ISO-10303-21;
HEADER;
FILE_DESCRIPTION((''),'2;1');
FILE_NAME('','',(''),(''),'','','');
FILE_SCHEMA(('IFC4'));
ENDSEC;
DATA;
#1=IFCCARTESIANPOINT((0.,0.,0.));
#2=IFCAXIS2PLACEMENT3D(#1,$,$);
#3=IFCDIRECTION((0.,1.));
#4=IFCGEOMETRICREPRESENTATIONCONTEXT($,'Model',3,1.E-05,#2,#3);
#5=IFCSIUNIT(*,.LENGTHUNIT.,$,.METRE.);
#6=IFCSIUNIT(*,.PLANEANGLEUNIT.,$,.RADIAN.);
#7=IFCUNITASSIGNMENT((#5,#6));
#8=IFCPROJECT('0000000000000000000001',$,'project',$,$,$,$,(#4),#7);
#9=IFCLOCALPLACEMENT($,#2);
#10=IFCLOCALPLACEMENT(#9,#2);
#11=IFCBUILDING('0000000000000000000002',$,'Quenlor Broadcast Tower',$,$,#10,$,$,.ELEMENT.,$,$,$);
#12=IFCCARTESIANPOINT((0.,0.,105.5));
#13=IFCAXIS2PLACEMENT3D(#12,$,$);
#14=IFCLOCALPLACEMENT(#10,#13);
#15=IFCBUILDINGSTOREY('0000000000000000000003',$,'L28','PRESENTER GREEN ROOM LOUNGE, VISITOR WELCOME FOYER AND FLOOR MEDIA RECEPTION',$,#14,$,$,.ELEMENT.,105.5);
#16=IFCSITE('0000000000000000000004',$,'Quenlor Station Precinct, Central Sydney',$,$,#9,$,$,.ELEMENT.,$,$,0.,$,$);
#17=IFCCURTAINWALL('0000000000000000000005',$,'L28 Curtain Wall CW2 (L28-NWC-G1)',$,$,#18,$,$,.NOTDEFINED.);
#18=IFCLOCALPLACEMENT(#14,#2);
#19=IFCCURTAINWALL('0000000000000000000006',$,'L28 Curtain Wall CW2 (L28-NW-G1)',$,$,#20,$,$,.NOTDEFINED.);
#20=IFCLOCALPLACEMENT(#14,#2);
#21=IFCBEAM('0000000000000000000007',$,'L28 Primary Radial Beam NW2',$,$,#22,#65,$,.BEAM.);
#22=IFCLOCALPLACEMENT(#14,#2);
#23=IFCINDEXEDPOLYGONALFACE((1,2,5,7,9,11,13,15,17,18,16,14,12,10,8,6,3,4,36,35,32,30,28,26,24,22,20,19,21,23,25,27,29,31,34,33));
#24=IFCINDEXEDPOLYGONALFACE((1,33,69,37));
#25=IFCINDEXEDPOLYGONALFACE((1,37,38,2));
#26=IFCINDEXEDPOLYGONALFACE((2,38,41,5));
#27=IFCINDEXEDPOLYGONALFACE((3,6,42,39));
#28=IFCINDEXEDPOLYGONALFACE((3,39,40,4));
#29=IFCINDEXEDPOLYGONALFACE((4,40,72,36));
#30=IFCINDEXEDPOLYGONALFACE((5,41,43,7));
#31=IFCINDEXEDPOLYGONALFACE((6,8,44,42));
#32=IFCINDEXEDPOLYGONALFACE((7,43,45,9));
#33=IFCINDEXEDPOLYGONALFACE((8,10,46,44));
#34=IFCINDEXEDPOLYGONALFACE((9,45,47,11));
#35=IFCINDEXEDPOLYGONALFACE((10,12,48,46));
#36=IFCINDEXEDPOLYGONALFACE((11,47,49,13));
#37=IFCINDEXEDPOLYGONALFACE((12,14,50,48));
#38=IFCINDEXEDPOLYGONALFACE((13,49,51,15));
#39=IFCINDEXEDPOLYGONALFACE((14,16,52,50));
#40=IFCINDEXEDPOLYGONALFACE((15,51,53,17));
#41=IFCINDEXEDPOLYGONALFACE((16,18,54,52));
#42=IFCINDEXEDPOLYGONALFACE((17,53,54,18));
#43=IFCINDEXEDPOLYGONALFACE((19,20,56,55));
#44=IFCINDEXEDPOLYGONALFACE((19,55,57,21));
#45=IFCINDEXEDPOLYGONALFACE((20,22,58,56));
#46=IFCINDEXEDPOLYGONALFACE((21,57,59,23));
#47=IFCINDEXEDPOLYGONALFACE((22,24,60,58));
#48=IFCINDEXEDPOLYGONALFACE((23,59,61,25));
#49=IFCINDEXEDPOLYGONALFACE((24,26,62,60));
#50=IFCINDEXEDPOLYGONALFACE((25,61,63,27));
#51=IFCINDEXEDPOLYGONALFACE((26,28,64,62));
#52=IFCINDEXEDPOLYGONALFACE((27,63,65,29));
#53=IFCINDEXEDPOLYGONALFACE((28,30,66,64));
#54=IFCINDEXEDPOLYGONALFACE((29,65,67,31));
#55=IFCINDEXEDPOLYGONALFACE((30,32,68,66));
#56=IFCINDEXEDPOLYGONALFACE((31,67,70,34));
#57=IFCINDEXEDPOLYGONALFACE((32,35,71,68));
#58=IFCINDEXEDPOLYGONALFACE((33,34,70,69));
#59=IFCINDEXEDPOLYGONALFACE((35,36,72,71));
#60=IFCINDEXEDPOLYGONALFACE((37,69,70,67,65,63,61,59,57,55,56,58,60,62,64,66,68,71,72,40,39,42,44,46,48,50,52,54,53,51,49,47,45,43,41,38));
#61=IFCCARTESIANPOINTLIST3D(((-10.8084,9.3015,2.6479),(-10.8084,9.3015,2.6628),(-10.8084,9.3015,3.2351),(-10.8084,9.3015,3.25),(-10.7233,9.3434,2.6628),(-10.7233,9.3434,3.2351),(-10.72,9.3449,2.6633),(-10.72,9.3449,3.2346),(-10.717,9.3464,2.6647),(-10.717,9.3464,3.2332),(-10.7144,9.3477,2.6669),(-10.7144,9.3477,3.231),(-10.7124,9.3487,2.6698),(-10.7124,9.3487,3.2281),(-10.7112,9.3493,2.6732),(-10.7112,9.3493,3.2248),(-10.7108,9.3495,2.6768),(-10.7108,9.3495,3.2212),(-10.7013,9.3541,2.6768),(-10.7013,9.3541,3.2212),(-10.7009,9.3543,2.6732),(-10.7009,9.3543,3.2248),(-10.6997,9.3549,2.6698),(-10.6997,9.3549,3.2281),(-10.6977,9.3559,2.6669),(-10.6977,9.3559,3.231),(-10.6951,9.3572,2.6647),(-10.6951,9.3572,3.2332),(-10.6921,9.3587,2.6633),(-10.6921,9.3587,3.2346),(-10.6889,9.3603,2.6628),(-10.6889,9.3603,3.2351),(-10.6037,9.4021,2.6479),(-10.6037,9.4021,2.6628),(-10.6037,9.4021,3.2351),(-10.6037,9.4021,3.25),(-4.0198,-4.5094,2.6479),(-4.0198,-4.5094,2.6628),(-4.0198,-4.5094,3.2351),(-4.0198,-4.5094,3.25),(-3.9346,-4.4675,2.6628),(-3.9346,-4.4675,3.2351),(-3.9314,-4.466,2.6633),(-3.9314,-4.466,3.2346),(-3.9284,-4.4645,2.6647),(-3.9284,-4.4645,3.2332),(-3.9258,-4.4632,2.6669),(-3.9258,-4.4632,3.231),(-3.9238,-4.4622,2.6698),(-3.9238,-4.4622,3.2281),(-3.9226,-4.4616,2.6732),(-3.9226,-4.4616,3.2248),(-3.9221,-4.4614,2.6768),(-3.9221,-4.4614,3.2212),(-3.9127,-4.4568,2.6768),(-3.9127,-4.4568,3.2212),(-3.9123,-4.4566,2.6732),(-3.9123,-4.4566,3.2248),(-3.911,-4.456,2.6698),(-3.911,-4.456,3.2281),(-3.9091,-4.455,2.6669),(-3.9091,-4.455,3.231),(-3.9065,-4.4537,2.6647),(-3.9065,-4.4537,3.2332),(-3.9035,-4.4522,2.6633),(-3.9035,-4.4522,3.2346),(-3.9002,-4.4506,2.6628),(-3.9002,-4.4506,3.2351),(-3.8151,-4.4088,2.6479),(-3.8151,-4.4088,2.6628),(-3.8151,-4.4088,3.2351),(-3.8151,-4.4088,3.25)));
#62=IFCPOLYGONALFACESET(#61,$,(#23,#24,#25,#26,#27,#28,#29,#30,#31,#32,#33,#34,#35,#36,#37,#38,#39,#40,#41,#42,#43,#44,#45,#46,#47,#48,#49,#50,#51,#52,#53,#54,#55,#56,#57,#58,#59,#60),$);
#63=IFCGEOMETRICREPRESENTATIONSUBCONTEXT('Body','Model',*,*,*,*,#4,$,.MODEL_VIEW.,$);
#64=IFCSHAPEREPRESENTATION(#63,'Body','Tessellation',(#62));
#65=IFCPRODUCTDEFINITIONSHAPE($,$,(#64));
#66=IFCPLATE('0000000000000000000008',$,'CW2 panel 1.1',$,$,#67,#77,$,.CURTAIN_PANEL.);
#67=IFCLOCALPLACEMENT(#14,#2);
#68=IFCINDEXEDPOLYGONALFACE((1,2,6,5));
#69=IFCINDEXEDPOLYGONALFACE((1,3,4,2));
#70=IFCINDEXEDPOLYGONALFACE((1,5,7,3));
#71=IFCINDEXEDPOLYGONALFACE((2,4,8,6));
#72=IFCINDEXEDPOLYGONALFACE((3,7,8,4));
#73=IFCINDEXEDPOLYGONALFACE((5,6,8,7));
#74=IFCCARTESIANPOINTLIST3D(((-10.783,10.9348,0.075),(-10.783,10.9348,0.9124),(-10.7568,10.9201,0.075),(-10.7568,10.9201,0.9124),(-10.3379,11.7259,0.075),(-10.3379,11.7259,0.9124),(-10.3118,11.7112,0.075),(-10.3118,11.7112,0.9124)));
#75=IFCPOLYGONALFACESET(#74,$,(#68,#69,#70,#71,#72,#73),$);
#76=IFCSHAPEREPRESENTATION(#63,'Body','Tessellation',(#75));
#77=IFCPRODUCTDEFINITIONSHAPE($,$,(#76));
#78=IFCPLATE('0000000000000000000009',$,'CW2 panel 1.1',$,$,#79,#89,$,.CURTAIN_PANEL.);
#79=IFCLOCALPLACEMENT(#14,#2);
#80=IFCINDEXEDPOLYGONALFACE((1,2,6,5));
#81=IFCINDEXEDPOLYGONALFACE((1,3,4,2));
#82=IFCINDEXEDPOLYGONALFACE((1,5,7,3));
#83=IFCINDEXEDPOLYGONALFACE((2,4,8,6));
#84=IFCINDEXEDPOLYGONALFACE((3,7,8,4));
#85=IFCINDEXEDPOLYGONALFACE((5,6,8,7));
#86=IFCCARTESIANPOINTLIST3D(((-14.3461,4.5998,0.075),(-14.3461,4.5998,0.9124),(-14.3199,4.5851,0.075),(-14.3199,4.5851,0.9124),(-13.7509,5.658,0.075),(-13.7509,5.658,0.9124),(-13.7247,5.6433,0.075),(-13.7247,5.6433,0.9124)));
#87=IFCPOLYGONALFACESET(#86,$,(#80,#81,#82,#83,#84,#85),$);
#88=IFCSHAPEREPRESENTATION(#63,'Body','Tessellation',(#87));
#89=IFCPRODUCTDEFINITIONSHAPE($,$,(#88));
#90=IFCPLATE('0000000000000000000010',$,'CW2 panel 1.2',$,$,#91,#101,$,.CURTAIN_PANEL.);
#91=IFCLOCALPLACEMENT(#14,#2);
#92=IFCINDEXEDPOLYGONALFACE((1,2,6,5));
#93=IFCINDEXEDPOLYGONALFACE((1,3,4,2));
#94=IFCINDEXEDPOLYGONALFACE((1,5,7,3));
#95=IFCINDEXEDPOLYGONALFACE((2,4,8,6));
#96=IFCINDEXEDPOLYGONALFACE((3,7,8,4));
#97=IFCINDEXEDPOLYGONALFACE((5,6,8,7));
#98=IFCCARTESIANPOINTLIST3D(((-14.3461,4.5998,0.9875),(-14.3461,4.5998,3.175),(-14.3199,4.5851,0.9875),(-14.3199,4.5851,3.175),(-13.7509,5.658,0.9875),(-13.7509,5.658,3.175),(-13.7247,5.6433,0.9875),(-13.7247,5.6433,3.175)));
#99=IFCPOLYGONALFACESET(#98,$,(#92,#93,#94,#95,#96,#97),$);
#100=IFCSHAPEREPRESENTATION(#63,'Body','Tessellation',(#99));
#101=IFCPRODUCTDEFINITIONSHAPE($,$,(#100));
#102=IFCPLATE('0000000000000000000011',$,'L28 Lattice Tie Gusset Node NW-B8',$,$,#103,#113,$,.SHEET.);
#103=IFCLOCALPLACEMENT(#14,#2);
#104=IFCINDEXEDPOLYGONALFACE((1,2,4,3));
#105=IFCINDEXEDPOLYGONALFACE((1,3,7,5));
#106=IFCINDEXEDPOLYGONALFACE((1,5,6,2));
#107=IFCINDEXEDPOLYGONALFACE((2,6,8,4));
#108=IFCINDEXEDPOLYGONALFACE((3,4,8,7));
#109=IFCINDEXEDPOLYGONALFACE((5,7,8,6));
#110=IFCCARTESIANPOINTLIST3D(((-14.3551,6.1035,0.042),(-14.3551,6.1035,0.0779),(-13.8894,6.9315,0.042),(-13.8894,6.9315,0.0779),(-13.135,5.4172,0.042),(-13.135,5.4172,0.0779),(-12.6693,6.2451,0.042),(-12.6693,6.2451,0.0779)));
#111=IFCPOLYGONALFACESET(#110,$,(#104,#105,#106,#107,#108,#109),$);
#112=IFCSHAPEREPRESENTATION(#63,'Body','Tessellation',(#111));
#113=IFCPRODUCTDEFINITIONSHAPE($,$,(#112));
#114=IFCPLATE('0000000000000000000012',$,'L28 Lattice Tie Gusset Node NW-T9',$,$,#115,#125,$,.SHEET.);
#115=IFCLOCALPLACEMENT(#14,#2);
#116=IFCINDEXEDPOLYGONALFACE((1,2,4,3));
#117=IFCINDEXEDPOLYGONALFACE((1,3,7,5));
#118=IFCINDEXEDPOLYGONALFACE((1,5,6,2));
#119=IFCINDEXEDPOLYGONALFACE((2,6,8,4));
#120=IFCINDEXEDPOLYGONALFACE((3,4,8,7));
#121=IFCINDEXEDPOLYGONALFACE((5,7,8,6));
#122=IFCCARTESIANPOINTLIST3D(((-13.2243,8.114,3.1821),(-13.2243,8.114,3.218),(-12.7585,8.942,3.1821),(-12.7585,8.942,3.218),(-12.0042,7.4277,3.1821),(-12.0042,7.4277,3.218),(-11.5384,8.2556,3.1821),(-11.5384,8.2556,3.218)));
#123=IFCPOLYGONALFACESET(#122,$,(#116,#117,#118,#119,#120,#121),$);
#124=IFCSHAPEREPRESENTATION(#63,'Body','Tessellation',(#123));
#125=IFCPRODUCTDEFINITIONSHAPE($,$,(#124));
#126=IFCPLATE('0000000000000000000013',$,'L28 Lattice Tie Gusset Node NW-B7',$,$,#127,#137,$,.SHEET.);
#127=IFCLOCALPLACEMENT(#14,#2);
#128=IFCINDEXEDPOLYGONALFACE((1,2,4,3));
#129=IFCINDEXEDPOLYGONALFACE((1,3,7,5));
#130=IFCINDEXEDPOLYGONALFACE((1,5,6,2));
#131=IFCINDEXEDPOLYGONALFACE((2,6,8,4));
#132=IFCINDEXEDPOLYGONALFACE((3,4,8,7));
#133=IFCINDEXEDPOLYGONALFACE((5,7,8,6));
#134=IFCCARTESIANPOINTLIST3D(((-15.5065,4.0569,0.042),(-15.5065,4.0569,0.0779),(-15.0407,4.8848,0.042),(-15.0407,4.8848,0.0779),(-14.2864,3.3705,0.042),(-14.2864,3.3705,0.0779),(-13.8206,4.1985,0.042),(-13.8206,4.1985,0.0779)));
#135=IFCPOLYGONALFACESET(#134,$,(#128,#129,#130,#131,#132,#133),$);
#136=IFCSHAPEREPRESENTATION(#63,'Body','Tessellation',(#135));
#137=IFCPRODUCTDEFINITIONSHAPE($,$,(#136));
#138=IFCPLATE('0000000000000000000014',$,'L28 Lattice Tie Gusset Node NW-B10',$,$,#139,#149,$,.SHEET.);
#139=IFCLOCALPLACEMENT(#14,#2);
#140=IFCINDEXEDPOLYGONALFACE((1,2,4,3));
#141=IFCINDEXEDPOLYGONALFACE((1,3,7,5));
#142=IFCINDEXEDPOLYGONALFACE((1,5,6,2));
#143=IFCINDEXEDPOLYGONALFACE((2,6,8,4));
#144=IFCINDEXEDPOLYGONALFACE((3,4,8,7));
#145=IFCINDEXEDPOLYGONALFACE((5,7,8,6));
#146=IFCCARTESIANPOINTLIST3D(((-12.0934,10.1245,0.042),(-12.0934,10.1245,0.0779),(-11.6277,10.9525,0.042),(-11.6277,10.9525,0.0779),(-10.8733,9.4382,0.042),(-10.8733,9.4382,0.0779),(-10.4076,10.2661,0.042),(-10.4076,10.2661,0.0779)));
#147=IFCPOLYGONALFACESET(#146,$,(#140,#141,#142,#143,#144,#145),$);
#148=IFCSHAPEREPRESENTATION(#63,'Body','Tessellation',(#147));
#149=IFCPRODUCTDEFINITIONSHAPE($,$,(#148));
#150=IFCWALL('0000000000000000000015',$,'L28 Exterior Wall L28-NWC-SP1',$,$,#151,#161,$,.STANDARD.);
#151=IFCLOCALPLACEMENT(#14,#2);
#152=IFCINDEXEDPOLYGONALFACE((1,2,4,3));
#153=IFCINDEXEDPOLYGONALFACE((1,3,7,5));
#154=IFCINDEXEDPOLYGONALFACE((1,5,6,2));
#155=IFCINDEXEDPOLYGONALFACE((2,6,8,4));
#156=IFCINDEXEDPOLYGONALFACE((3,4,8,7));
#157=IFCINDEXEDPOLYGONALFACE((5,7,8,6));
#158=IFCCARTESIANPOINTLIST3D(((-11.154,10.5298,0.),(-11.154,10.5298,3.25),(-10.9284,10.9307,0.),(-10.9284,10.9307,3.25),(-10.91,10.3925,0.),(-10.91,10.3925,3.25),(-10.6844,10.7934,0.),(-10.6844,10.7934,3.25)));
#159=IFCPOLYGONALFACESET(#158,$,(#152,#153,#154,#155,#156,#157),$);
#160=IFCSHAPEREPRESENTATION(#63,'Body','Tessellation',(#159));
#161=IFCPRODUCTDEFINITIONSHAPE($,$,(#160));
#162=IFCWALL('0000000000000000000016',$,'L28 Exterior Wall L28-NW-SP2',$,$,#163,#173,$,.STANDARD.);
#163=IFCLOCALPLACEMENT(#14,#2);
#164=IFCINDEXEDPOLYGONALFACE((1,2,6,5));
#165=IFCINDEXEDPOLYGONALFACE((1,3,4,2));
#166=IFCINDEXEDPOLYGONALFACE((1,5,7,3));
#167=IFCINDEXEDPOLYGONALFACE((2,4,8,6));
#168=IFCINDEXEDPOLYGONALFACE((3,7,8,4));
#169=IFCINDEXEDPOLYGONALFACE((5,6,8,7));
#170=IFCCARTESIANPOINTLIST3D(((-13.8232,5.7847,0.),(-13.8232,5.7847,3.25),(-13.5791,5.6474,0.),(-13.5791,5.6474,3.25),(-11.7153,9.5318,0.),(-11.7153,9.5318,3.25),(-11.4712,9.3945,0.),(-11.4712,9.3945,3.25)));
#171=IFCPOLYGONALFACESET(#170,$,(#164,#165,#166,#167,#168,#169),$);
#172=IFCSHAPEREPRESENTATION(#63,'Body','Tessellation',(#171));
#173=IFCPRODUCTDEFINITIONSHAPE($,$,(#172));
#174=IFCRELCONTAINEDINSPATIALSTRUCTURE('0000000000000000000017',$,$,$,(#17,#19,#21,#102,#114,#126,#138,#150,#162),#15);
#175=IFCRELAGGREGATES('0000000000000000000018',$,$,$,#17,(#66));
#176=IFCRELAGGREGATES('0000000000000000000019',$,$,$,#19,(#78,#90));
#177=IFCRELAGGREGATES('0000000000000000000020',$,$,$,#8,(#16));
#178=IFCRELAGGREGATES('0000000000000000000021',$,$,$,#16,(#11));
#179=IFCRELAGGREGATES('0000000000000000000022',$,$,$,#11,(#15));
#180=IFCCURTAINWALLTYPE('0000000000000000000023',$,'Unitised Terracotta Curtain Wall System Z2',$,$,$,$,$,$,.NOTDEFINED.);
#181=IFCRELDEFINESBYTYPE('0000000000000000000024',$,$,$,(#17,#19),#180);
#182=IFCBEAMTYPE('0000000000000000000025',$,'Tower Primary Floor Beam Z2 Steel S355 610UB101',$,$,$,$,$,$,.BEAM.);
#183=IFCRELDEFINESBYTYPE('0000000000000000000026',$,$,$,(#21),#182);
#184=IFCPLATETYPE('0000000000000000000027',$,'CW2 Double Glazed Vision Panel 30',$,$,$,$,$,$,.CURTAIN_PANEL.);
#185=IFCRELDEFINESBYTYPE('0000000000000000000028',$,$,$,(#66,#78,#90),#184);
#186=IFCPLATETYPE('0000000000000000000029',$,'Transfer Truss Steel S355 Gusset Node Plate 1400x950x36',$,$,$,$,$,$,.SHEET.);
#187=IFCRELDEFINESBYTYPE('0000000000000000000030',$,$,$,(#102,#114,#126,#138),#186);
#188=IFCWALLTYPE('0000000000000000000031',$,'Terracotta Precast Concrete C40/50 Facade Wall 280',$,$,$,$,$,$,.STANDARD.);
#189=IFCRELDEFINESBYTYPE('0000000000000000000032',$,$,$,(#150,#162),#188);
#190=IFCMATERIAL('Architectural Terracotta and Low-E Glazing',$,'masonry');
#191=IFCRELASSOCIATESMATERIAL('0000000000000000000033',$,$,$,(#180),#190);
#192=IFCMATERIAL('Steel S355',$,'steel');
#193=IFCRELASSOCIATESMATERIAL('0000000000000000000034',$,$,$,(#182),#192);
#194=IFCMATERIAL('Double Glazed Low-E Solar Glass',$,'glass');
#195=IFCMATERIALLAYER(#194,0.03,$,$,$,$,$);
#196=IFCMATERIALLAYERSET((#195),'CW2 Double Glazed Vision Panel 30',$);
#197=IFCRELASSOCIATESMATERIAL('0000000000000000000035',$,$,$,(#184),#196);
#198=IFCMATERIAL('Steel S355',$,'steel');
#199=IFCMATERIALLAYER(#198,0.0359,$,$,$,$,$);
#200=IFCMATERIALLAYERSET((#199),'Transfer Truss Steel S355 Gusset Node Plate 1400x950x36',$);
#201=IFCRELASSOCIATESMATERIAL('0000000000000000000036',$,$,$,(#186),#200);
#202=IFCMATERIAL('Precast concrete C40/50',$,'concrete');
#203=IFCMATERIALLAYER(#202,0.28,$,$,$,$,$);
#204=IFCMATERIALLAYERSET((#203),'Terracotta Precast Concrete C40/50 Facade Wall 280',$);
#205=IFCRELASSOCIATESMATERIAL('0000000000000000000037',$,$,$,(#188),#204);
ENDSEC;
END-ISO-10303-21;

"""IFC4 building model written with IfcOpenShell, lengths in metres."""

from ifc_helpers import new_model, si_unit, direction, frame, frame_2d, origin, origin_2d, place, context, subcontext, project, spatial, rectangle, i_section, extrude, material, layer, layer_set, material_profile, profile_set, type_object, element, aggregate, save


model = new_model("IFC4")

# Units and contexts
model_context = context("Model", 3, precision=1e-05, world=origin(), true_north=direction((0.0, 1.0)))
body_context = subcontext(model_context, "Body", "Model", "MODEL_VIEW")
ifc_project = project(units=[si_unit("LENGTHUNIT", "METRE"), si_unit("PLANEANGLEUNIT", "RADIAN")], contexts=[model_context])

# Site, building, storey
site_placement = place(None, origin())
site = spatial("IfcSite", under=ifc_project, at=site_placement, Name="Quenlor Station Precinct, Central Sydney", CompositionType="ELEMENT", RefElevation=0.0)
building_placement = place(site_placement, origin())
building = spatial("IfcBuilding", under=site, at=building_placement, Name="Quenlor Broadcast Tower", CompositionType="ELEMENT")
storey_placement = place(building_placement, frame((0.0, 0.0, 105.5)))
storey = spatial("IfcBuildingStorey", under=building, at=storey_placement, Name="L28", Description="PRESENTER GREEN ROOM LOUNGE, VISITOR WELCOME FOYER AND FLOOR MEDIA RECEPTION", CompositionType="ELEMENT", Elevation=105.5)

# Curtain wall
ifc_material_1 = material(Name="Architectural Terracotta and Low-E Glazing", Category="masonry")
curtain_wall_type = type_object("IfcCurtainWallType", Name="Unitised Terracotta Curtain Wall System Z2", PredefinedType="NOTDEFINED", material=ifc_material_1)
curtain_wall_1_placement = place(storey_placement, origin())
curtain_wall_1 = element("IfcCurtainWall", 1, at=curtain_wall_1_placement, inside=storey, type_object=curtain_wall_type, Name="L28 Curtain Wall CW2 (L28-NWC-G1)", PredefinedType="NOTDEFINED")

# Curtain wall
curtain_wall_2_placement = place(storey_placement, origin())
curtain_wall_2 = element("IfcCurtainWall", 2, at=curtain_wall_2_placement, inside=storey, type_object=curtain_wall_type, Name="L28 Curtain Wall CW2 (L28-NW-G1)", PredefinedType="NOTDEFINED")

# Beam
ifc_material_2 = material(Name="Steel S355", Category="steel")
ifc_material_profile_1 = material_profile(ifc_material_2, i_section(OverallWidth=0.228, OverallDepth=0.6021, WebThickness=0.0105, FlangeThickness=0.0149, FilletRadius=0.0139, at=origin_2d()))
ifc_profile_set_1 = profile_set([ifc_material_profile_1], Name="Steel S355 610UB101")
beam_type_1 = type_object("IfcBeamType", Name="Tower Primary Floor Beam Z2 Steel S355 610UB101", PredefinedType="BEAM", material=ifc_profile_set_1)
beam_1_placement = place(storey_placement, frame((-10.7061, 9.3518, 2.949), z_axis=(0.44113, -0.897443, 0.0), x_axis=(0.897443, 0.44113, 0.0)))
element("IfcBeam", 3, at=beam_1_placement, inside=storey, type_object=beam_type_1, Name="L28 Primary Radial Beam NW2", PredefinedType="BEAM", context=body_context, shape_type="SweptSolid", body=[
    extrude(i_section(OverallWidth=0.228, OverallDepth=0.6021, WebThickness=0.0105, FlangeThickness=0.0149, FilletRadius=0.0139, at=origin_2d()), origin(), (0.0, 0.0, 1.0), 15.3892),
])

# Plates
ifc_material_3 = material(Name="Double Glazed Low-E Solar Glass", Category="glass")
ifc_layer_1 = layer(ifc_material_3, 0.03)
ifc_layer_set_1 = layer_set([ifc_layer_1], Name="CW2 Double Glazed Vision Panel 30")
plate_type_1 = type_object("IfcPlateType", Name="CW2 Double Glazed Vision Panel 30", PredefinedType="CURTAIN_PANEL", material=ifc_layer_set_1)
plate_1_placement = place(storey_placement, frame((-10.5474, 11.323, 0.075), z_axis=(0.0, 0.0, 1.0), x_axis=(0.490252, 0.871581, 0.0)))
plate_1 = element("IfcPlate", 4, at=plate_1_placement, type_object=plate_type_1, Name="CW2 panel 1.1", PredefinedType="CURTAIN_PANEL", context=body_context, shape_type="SweptSolid", body=[
    extrude(rectangle(XDim=0.9077, YDim=0.03, at=origin_2d()), origin(), (0.0, 0.0, 1.0), 0.8374),
])
aggregate(curtain_wall_1, [plate_1])
plate_2_placement = place(storey_placement, frame((-14.0354, 5.1216, 0.075), z_axis=(0.0, 0.0, 1.0), x_axis=(0.490254, 0.871579, 0.0)))
plate_2 = element("IfcPlate", 5, at=plate_2_placement, type_object=plate_type_1, Name="CW2 panel 1.1", PredefinedType="CURTAIN_PANEL", context=body_context, shape_type="SweptSolid", body=[
    extrude(rectangle(XDim=1.2141, YDim=0.03, at=origin_2d()), origin(), (0.0, 0.0, 1.0), 0.8374),
])
plate_3_placement = place(storey_placement, frame((-14.0354, 5.1216, 0.9875), z_axis=(0.0, 0.0, 1.0), x_axis=(0.490254, 0.871579, 0.0)))
plate_3 = element("IfcPlate", 6, at=plate_3_placement, type_object=plate_type_1, Name="CW2 panel 1.2", PredefinedType="CURTAIN_PANEL", context=body_context, shape_type="SweptSolid", body=[
    extrude(rectangle(XDim=1.2141, YDim=0.03, at=origin_2d()), origin(), (0.0, 0.0, 1.0), 2.1875),
])
aggregate(curtain_wall_2, [plate_2, plate_3])

# Plates
ifc_material_4 = material(Name="Steel S355", Category="steel")
ifc_layer_2 = layer(ifc_material_4, 0.0359)
ifc_layer_set_2 = layer_set([ifc_layer_2], Name="Transfer Truss Steel S355 Gusset Node Plate 1400x950x36")
plate_type_2 = type_object("IfcPlateType", Name="Transfer Truss Steel S355 Gusset Node Plate 1400x950x36", PredefinedType="SHEET", material=ifc_layer_set_2)
for number, where, z_axis, x_axis, name in (
    (7, (-13.5122, 6.1743, 0.042), (0.0, 0.0, 1.0), (-0.871556, 0.490295, 0.0), "L28 Lattice Tie Gusset Node NW-B8"),
    (8, (-12.3813, 8.1848, 3.1821), (0.0, 0.0, 1.0), (-0.871556, 0.490295, 0.0), "L28 Lattice Tie Gusset Node NW-T9"),
    (9, (-14.6636, 4.1277, 0.042), (0.0, 0.0, 1.0), (-0.871556, 0.490295, 0.0), "L28 Lattice Tie Gusset Node NW-B7"),
    (10, (-11.2505, 10.1953, 0.042), (0.0, 0.0, 1.0), (-0.871556, 0.490295, 0.0), "L28 Lattice Tie Gusset Node NW-B10"),
):
    element("IfcPlate", number, at=place(storey_placement, frame(where, z_axis=z_axis, x_axis=x_axis)), inside=storey, type_object=plate_type_2, Name=name, PredefinedType="SHEET", context=body_context, shape_type="SweptSolid", body=[
        extrude(rectangle(XDim=1.3999, YDim=0.95, at=origin_2d()), origin(), (0.0, 0.0, 1.0), 0.0359),
    ])

# Walls
ifc_material_5 = material(Name="Precast concrete C40/50", Category="concrete")
ifc_layer_3 = layer(ifc_material_5, 0.28)
ifc_layer_set_3 = layer_set([ifc_layer_3], Name="Terracotta Precast Concrete C40/50 Facade Wall 280")
wall_type = type_object("IfcWallType", Name="Terracotta Precast Concrete C40/50 Facade Wall 280", PredefinedType="STANDARD", material=ifc_layer_set_3)
wall_1_placement = place(storey_placement, frame((-11.032, 10.4612, 0.0), z_axis=(0.0, 0.0, 1.0), x_axis=(0.490412, 0.87149, 0.0)))
element("IfcWall", 11, at=wall_1_placement, inside=storey, type_object=wall_type, Name="L28 Exterior Wall L28-NWC-SP1", PredefinedType="STANDARD", context=body_context, shape_type="SweptSolid", body=[
    extrude(rectangle(XDim=0.46, YDim=0.28, at=frame_2d((0.23, 0.0))), origin(), (0.0, 0.0, 1.0), 3.25),
])
wall_2_placement = place(storey_placement, frame((-13.7012, 5.7161, 0.0), z_axis=(0.0, 0.0, 1.0), x_axis=(0.490294, 0.871557, 0.0)))
element("IfcWall", 12, at=wall_2_placement, inside=storey, type_object=wall_type, Name="L28 Exterior Wall L28-NW-SP2", PredefinedType="STANDARD", context=body_context, shape_type="SweptSolid", body=[
    extrude(rectangle(XDim=4.2993, YDim=0.28, at=frame_2d((2.1497, 0.0))), origin(), (0.0, 0.0, 1.0), 3.25),
])

save(model, "model.ifc")
